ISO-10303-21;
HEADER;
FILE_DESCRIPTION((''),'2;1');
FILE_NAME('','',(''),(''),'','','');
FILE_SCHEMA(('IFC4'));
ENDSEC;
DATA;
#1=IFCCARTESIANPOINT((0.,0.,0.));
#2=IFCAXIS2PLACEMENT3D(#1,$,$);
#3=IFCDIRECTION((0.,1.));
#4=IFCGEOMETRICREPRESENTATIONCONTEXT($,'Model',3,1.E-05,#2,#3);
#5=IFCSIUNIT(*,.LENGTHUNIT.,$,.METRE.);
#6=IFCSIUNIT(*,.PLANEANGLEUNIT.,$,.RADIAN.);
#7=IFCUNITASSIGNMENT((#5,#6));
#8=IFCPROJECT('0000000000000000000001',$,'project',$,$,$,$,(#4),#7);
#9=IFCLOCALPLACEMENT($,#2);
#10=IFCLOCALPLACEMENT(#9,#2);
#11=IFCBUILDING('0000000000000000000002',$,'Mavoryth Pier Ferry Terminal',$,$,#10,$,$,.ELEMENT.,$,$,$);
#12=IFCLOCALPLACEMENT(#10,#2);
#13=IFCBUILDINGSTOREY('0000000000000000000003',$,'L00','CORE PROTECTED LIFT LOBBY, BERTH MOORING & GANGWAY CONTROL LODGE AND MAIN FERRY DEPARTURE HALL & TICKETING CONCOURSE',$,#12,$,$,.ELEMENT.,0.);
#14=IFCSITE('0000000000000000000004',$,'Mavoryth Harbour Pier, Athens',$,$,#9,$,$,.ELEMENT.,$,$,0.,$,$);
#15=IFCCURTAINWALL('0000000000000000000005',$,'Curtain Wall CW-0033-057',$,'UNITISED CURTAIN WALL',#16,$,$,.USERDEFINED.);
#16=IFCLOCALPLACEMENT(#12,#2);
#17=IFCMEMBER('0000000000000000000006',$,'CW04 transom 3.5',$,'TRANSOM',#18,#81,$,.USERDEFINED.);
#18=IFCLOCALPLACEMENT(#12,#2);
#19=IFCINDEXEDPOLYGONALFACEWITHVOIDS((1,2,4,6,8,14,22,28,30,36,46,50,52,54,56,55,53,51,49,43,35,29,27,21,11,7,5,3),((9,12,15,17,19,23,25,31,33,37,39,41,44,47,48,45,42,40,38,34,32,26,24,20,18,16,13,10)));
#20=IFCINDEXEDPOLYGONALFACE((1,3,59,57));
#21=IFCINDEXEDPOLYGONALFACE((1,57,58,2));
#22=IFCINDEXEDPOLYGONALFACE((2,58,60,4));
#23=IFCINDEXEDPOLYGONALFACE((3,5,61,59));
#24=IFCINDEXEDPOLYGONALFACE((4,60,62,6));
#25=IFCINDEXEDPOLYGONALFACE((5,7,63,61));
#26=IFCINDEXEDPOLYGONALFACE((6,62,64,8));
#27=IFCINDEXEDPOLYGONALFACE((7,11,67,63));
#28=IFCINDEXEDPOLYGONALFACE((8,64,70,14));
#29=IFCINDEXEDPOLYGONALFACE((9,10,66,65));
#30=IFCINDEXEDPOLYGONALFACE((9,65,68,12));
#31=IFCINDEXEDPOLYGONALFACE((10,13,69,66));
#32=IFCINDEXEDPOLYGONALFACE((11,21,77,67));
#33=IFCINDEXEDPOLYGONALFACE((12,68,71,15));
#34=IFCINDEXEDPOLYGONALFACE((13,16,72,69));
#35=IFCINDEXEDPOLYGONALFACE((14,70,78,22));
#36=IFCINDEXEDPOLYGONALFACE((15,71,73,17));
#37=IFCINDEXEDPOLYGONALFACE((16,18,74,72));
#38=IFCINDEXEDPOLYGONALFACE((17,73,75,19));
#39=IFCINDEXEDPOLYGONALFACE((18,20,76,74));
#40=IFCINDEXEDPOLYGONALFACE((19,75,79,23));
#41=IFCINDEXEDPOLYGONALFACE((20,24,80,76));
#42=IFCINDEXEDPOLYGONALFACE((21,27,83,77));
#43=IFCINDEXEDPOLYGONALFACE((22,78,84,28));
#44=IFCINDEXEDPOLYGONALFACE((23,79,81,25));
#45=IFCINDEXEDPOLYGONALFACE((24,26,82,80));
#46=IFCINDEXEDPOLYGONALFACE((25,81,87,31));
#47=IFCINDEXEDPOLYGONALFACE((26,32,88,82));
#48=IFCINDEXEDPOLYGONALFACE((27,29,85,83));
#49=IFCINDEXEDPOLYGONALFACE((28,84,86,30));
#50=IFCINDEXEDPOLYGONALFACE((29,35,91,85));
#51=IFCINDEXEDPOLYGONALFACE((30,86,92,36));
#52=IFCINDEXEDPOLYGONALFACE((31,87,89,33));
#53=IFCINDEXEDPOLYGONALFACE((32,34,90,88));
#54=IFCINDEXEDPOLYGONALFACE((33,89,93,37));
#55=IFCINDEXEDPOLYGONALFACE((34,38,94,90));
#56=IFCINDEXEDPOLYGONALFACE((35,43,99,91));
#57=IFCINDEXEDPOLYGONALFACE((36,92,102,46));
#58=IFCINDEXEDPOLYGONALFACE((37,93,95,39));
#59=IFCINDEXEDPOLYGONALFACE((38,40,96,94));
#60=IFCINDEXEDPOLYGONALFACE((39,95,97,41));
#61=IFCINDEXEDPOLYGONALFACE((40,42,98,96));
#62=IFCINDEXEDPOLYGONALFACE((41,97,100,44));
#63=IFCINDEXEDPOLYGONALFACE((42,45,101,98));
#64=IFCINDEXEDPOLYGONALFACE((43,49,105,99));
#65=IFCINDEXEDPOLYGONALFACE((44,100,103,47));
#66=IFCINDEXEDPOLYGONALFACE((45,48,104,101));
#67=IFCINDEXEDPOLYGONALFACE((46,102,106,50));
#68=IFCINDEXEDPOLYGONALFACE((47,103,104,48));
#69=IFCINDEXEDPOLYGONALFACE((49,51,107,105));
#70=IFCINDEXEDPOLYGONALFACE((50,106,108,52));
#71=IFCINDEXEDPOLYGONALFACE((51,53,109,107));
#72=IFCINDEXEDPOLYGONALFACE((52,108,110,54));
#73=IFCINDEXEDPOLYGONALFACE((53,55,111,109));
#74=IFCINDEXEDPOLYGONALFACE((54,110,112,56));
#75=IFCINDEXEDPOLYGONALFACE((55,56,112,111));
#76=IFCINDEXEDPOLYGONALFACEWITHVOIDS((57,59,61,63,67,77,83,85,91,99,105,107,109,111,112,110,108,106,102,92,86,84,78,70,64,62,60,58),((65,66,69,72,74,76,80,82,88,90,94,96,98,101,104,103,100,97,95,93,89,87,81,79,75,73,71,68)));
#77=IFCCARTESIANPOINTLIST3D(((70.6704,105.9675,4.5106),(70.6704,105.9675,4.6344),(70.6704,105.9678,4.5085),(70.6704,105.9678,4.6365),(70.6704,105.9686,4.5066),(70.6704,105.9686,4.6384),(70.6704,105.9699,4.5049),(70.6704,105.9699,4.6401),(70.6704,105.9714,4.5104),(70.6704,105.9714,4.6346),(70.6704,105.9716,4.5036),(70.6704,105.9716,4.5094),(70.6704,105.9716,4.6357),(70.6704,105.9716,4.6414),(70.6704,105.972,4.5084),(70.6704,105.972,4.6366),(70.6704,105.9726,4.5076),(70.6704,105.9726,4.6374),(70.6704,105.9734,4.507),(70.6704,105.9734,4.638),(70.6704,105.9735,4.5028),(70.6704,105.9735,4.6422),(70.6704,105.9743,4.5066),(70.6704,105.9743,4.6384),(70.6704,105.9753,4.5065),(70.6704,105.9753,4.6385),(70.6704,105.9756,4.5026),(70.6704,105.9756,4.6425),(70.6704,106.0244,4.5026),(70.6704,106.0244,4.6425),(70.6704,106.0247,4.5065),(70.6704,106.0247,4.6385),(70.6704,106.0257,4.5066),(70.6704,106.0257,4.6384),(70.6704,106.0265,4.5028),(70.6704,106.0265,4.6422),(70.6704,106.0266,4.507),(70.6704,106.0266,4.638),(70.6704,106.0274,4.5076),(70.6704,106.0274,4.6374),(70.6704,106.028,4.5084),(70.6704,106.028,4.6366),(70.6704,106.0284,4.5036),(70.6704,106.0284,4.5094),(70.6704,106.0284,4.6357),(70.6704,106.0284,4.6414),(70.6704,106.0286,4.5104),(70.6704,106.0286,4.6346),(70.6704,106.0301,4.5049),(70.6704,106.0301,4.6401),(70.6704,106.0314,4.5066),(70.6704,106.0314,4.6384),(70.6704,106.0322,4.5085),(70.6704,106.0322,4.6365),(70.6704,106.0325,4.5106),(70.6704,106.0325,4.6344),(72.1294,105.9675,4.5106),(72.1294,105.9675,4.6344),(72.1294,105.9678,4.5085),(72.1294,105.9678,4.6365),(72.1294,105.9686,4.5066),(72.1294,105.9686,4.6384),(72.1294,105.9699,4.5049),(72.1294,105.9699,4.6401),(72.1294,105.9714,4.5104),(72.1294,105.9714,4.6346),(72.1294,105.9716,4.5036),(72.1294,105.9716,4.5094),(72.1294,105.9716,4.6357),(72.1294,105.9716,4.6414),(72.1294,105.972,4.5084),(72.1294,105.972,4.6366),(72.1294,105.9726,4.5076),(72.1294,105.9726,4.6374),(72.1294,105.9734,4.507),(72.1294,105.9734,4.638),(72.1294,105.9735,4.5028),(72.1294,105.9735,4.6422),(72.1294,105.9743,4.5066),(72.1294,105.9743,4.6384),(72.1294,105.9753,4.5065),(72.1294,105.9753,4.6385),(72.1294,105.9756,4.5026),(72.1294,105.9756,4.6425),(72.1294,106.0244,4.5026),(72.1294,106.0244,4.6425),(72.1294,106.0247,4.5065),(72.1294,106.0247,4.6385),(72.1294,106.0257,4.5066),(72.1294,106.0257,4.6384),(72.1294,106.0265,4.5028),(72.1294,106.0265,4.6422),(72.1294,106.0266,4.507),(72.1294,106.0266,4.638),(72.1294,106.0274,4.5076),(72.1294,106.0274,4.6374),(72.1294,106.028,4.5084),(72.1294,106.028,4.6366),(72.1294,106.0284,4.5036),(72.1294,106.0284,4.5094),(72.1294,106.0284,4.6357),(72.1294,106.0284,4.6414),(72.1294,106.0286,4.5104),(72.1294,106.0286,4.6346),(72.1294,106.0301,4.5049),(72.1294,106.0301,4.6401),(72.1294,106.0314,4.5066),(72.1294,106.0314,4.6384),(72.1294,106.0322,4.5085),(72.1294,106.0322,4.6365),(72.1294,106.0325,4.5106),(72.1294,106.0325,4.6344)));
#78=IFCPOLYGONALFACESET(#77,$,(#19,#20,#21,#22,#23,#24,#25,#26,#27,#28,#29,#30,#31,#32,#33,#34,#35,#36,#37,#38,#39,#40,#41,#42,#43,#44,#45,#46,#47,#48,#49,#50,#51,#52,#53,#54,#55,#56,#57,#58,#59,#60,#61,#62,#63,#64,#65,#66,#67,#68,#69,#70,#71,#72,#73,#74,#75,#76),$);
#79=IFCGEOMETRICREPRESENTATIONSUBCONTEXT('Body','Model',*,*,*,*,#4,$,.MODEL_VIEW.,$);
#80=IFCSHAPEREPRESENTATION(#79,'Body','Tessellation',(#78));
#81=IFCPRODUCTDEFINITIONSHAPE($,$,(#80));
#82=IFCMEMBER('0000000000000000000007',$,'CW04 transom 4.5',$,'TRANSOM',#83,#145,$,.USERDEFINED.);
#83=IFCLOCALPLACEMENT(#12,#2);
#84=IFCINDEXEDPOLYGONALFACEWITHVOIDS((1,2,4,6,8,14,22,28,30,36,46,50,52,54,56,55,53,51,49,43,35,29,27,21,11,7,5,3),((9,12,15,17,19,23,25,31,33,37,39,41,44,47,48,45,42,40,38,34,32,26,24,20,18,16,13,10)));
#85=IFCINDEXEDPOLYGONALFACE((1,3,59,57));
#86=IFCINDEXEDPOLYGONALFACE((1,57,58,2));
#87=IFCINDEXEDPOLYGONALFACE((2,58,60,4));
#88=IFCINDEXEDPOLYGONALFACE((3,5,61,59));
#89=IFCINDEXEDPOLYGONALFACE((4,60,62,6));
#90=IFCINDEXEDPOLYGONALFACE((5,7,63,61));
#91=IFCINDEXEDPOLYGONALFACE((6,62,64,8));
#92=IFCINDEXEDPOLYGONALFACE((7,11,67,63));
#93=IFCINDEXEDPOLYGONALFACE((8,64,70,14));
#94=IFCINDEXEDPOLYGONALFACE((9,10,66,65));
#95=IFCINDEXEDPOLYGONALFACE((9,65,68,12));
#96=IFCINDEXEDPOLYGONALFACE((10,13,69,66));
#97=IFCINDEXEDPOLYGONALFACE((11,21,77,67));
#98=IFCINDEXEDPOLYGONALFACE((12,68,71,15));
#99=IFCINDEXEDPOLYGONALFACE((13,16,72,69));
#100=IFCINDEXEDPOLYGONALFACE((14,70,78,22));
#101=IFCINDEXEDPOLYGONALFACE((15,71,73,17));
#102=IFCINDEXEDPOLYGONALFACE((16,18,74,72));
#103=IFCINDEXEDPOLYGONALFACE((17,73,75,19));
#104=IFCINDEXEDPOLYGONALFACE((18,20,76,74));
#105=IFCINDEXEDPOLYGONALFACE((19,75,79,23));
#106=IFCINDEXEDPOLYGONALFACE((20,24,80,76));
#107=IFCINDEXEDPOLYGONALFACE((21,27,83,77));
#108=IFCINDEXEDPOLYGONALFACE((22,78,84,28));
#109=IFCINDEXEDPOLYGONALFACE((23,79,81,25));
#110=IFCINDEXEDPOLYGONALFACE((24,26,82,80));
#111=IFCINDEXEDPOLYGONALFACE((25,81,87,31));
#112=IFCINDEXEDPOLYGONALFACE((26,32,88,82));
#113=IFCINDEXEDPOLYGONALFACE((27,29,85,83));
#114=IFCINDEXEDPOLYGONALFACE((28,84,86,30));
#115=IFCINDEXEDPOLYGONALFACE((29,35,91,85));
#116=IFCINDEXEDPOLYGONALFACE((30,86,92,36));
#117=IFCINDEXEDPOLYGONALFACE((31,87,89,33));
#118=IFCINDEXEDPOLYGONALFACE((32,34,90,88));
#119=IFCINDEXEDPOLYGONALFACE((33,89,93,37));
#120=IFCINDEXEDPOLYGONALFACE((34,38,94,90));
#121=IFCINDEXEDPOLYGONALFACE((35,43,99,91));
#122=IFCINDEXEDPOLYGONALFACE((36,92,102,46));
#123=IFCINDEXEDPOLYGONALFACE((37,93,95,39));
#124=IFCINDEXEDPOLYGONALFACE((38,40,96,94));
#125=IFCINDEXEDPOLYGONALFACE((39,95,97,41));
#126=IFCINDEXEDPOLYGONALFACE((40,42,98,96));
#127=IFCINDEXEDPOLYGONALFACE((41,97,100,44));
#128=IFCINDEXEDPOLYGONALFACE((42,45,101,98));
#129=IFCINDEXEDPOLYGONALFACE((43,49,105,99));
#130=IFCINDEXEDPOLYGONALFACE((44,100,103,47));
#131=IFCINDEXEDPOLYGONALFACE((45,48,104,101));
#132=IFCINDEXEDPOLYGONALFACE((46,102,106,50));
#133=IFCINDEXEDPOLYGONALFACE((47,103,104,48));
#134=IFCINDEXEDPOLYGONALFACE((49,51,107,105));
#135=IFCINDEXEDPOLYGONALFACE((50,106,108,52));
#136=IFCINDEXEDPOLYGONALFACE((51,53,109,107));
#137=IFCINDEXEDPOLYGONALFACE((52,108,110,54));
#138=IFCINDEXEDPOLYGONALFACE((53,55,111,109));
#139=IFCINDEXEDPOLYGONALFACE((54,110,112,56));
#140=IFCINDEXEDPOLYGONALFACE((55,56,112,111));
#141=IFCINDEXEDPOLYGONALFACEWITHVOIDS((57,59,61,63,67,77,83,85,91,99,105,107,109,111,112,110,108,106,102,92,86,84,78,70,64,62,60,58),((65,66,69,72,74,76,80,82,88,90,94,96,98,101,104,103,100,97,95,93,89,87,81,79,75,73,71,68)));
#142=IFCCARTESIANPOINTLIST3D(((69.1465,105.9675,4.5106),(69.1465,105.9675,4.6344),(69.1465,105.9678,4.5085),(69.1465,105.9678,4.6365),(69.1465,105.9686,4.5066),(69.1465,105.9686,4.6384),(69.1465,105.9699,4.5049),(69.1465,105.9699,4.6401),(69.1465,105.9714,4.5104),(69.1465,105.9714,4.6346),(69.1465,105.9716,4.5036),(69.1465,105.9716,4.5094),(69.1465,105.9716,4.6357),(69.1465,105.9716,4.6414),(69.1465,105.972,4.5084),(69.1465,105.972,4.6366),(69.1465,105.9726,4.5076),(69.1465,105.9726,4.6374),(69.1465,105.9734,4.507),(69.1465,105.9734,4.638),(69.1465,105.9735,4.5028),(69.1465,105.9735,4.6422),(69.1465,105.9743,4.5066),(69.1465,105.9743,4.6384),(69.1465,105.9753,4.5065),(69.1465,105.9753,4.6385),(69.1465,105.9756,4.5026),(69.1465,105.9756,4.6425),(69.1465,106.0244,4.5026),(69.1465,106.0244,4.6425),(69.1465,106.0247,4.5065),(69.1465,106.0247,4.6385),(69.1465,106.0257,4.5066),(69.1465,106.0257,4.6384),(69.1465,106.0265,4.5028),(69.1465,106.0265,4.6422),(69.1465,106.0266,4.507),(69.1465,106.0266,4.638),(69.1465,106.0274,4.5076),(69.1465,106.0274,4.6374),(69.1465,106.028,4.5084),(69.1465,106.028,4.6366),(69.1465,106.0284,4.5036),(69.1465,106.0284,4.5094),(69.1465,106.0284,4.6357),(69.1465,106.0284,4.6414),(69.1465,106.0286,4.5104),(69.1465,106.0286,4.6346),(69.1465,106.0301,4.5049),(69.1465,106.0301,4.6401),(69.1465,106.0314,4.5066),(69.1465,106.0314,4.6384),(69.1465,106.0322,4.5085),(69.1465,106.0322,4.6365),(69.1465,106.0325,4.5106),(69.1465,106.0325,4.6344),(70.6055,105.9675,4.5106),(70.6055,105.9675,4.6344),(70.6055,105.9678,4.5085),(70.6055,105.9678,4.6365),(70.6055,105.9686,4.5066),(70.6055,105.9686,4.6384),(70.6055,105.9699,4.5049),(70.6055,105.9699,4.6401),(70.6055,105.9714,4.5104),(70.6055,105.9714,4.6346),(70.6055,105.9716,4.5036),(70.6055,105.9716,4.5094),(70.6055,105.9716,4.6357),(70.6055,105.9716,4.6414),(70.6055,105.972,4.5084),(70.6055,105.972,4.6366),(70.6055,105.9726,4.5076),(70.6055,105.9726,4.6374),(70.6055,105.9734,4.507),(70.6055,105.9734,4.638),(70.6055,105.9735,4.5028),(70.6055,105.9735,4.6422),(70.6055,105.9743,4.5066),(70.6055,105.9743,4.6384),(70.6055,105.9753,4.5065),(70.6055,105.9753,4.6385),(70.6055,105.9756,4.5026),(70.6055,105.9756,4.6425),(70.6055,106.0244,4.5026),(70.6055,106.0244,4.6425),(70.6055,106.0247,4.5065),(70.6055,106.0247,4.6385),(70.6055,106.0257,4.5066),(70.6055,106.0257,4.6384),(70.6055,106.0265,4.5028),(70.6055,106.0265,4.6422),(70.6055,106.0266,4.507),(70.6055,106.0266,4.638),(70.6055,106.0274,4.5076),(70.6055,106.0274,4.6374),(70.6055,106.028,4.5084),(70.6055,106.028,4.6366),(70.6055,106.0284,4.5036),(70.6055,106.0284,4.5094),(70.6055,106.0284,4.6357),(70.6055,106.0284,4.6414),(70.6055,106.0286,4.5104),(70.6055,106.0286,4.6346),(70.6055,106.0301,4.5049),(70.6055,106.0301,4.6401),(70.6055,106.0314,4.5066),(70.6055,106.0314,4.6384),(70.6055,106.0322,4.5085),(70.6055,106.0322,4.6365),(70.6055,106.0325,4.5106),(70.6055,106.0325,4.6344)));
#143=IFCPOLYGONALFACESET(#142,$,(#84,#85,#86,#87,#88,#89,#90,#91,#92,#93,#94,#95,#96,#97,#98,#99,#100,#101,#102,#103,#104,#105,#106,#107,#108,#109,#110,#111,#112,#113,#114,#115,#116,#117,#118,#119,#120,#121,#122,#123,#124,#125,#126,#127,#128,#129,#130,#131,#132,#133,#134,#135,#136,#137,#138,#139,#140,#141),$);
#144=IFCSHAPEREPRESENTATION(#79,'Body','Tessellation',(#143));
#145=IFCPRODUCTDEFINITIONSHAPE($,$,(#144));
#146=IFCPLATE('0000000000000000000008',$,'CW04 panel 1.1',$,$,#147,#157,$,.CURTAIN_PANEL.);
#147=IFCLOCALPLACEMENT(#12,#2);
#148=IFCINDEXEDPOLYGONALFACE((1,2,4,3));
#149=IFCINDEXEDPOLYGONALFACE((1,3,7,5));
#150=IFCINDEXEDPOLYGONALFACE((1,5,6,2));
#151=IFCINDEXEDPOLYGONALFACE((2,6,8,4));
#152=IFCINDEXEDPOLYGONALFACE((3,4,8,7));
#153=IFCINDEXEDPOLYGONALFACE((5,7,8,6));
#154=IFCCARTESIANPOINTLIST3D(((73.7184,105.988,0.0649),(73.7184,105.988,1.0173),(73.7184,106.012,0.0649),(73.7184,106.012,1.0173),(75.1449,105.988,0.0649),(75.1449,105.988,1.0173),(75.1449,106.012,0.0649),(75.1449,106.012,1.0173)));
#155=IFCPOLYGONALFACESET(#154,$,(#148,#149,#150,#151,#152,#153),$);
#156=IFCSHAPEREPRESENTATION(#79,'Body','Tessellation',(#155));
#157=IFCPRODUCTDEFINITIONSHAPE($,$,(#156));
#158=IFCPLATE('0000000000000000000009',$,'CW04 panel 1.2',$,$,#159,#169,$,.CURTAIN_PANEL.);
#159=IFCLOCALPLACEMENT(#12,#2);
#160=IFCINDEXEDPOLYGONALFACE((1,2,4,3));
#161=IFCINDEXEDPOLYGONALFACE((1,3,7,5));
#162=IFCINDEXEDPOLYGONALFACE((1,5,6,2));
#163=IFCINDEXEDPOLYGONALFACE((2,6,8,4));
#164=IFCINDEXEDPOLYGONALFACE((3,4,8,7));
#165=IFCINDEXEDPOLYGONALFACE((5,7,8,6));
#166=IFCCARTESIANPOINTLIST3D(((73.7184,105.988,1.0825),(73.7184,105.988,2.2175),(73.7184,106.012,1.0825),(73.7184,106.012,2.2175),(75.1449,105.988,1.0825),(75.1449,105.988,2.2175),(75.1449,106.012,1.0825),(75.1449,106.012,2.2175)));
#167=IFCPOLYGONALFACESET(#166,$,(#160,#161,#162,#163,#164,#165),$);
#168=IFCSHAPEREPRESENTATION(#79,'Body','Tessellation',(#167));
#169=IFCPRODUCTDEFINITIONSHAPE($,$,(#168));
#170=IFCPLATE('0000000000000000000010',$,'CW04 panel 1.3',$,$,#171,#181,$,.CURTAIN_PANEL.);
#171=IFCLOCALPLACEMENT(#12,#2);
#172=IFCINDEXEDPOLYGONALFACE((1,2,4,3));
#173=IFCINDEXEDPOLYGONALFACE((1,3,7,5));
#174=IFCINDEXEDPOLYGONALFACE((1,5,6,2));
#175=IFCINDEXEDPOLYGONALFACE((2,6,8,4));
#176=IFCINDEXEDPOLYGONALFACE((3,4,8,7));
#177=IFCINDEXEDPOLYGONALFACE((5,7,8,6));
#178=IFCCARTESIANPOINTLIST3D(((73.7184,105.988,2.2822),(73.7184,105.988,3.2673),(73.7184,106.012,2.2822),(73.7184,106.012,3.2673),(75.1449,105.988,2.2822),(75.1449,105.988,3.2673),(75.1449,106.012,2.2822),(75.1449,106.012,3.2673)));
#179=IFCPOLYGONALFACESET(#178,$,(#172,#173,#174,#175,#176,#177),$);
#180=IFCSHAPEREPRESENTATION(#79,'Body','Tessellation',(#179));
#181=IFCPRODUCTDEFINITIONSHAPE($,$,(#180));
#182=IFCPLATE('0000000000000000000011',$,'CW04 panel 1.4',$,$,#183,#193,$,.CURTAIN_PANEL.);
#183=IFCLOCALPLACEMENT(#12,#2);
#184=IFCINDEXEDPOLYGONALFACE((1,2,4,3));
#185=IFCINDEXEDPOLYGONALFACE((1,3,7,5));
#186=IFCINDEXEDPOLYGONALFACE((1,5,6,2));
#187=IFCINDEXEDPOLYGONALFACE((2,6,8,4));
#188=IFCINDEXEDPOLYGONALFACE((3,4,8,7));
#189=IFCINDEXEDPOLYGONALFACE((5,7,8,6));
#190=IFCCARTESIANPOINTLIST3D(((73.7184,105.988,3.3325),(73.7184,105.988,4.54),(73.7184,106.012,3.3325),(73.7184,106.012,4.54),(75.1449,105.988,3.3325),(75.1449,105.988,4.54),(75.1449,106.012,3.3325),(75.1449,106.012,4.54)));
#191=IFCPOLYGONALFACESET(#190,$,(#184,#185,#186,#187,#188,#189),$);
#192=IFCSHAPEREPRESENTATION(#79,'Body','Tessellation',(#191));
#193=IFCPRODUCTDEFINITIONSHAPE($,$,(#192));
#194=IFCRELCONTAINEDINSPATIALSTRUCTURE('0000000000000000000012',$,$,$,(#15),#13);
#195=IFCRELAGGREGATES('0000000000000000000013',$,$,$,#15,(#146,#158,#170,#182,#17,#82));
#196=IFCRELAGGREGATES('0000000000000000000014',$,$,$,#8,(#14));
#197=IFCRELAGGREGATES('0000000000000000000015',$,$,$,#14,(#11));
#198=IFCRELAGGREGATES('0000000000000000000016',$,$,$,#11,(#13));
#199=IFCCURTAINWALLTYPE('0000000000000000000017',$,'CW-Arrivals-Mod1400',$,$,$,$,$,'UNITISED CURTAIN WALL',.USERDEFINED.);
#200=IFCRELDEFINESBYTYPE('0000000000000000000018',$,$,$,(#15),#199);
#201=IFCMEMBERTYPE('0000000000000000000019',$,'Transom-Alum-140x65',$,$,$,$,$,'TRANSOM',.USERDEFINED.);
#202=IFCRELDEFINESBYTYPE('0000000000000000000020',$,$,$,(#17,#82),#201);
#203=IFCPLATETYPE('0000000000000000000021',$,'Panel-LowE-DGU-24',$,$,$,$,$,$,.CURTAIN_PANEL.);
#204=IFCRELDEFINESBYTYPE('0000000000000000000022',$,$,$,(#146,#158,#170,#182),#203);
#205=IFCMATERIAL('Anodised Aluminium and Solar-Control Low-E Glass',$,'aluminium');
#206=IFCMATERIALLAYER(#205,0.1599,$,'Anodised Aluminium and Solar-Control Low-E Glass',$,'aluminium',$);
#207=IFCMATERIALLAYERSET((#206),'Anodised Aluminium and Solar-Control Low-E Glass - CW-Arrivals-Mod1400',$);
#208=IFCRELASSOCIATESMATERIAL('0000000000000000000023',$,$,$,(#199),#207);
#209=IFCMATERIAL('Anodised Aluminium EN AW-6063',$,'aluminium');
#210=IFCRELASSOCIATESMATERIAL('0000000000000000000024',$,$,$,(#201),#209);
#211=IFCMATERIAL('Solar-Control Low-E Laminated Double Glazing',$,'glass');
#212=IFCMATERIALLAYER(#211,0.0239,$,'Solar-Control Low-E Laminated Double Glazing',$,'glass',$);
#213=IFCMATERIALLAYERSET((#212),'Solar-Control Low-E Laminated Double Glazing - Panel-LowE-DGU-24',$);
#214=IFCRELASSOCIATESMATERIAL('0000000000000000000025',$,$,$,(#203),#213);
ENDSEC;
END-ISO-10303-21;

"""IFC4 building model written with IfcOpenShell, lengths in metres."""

from ifc_helpers import new_model, si_unit, direction, frame, origin, origin_2d, place, context, subcontext, project, spatial, rectangle, hollow_rectangle, extrude, material, layer, layer_set, material_profile, profile_set, type_object, element, aggregate, save


model = new_model("IFC4")

# Units and contexts
model_context = context("Model", 3, precision=1e-05, world=origin(), true_north=direction((0.0, 1.0)))
body_context = subcontext(model_context, "Body", "Model", "MODEL_VIEW")
ifc_project = project(units=[si_unit("LENGTHUNIT", "METRE"), si_unit("PLANEANGLEUNIT", "RADIAN")], contexts=[model_context])

# Site, building, storey
site_placement = place(None, origin())
site = spatial("IfcSite", under=ifc_project, at=site_placement, Name="Mavoryth Harbour Pier, Athens", CompositionType="ELEMENT", RefElevation=0.0)
building_placement = place(site_placement, origin())
building = spatial("IfcBuilding", under=site, at=building_placement, Name="Mavoryth Pier Ferry Terminal", CompositionType="ELEMENT")
storey_placement = place(building_placement, origin())
storey = spatial("IfcBuildingStorey", under=building, at=storey_placement, Name="L00", Description="CORE PROTECTED LIFT LOBBY, BERTH MOORING & GANGWAY CONTROL LODGE AND MAIN FERRY DEPARTURE HALL & TICKETING CONCOURSE", CompositionType="ELEMENT", Elevation=0.0)

# Curtain wall, members, plates
ifc_material_1 = material(Name="Anodised Aluminium and Solar-Control Low-E Glass", Category="aluminium")
ifc_layer_1 = layer(ifc_material_1, 0.1599, Name="Anodised Aluminium and Solar-Control Low-E Glass", Category="aluminium")
ifc_layer_set_1 = layer_set([ifc_layer_1], Name="Anodised Aluminium and Solar-Control Low-E Glass - CW-Arrivals-Mod1400")
curtain_wall_type = type_object("IfcCurtainWallType", Name="CW-Arrivals-Mod1400", ElementType="UNITISED CURTAIN WALL", PredefinedType="USERDEFINED", material=ifc_layer_set_1)
curtain_wall_placement = place(storey_placement, origin())
curtain_wall = element("IfcCurtainWall", 1, at=curtain_wall_placement, inside=storey, type_object=curtain_wall_type, Name="Curtain Wall CW-0033-057", ObjectType="UNITISED CURTAIN WALL", PredefinedType="USERDEFINED")
ifc_material_2 = material(Name="Anodised Aluminium EN AW-6063", Category="aluminium")
ifc_material_profile_1 = material_profile(ifc_material_2, hollow_rectangle(XDim=0.0649, YDim=0.1399, WallThickness=0.0039, InnerFilletRadius=0.0039, OuterFilletRadius=0.0081, at=origin_2d()), Name="AL-TRAN 140x65x4", Category="aluminium")
ifc_profile_set_1 = profile_set([ifc_material_profile_1], Name="Anodised Aluminium EN AW-6063 - AL-TRAN 140x65x4")
member_type_1 = type_object("IfcMemberType", Name="Transom-Alum-140x65", ElementType="TRANSOM", PredefinedType="USERDEFINED", material=ifc_profile_set_1)
member_1_placement = place(storey_placement, frame((72.1294, 106.0, 4.5725), z_axis=(-1.0, 0.0, 0.0), x_axis=(0.0, -1.0, 0.0)))
member_1 = element("IfcMember", 2, at=member_1_placement, type_object=member_type_1, Name="CW04 transom 3.5", ObjectType="TRANSOM", PredefinedType="USERDEFINED", context=body_context, shape_type="SweptSolid", body=[
    extrude(hollow_rectangle(XDim=0.0649, YDim=0.1399, WallThickness=0.0039, InnerFilletRadius=0.0039, OuterFilletRadius=0.0081, at=origin_2d()), origin(), (0.0, 0.0, 1.0), 1.459),
])
member_2_placement = place(storey_placement, frame((70.6055, 106.0, 4.5725), z_axis=(-1.0, 0.0, 0.0), x_axis=(0.0, -1.0, 0.0)))
member_2 = element("IfcMember", 3, at=member_2_placement, type_object=member_type_1, Name="CW04 transom 4.5", ObjectType="TRANSOM", PredefinedType="USERDEFINED", context=body_context, shape_type="SweptSolid", body=[
    extrude(hollow_rectangle(XDim=0.0649, YDim=0.1399, WallThickness=0.0039, InnerFilletRadius=0.0039, OuterFilletRadius=0.0081, at=origin_2d()), origin(), (0.0, 0.0, 1.0), 1.459),
])
ifc_material_3 = material(Name="Solar-Control Low-E Laminated Double Glazing", Category="glass")
ifc_layer_2 = layer(ifc_material_3, 0.0239, Name="Solar-Control Low-E Laminated Double Glazing", Category="glass")
ifc_layer_set_2 = layer_set([ifc_layer_2], Name="Solar-Control Low-E Laminated Double Glazing - Panel-LowE-DGU-24")
plate_type = type_object("IfcPlateType", Name="Panel-LowE-DGU-24", PredefinedType="CURTAIN_PANEL", material=ifc_layer_set_2)
plate_1_placement = place(storey_placement, frame((74.4316, 106.0, 0.0649), z_axis=(0.0, 0.0, 1.0), x_axis=(-1.0, 0.0, 0.0)))
plate_1 = element("IfcPlate", 4, at=plate_1_placement, type_object=plate_type, Name="CW04 panel 1.1", PredefinedType="CURTAIN_PANEL", context=body_context, shape_type="SweptSolid", body=[
    extrude(rectangle(XDim=1.4265, YDim=0.0239, at=origin_2d()), origin(), (0.0, 0.0, 1.0), 0.9524),
])
plate_2_placement = place(storey_placement, frame((74.4316, 106.0, 1.0825), z_axis=(0.0, 0.0, 1.0), x_axis=(-1.0, 0.0, 0.0)))
plate_2 = element("IfcPlate", 5, at=plate_2_placement, type_object=plate_type, Name="CW04 panel 1.2", PredefinedType="CURTAIN_PANEL", context=body_context, shape_type="SweptSolid", body=[
    extrude(rectangle(XDim=1.4265, YDim=0.0239, at=origin_2d()), origin(), (0.0, 0.0, 1.0), 1.135),
])
plate_3_placement = place(storey_placement, frame((74.4316, 106.0, 2.2822), z_axis=(0.0, 0.0, 1.0), x_axis=(-1.0, 0.0, 0.0)))
plate_3 = element("IfcPlate", 6, at=plate_3_placement, type_object=plate_type, Name="CW04 panel 1.3", PredefinedType="CURTAIN_PANEL", context=body_context, shape_type="SweptSolid", body=[
    extrude(rectangle(XDim=1.4265, YDim=0.0239, at=origin_2d()), origin(), (0.0, 0.0, 1.0), 0.9851),
])
plate_4_placement = place(storey_placement, frame((74.4316, 106.0, 3.3325), z_axis=(0.0, 0.0, 1.0), x_axis=(-1.0, 0.0, 0.0)))
plate_4 = element("IfcPlate", 7, at=plate_4_placement, type_object=plate_type, Name="CW04 panel 1.4", PredefinedType="CURTAIN_PANEL", context=body_context, shape_type="SweptSolid", body=[
    extrude(rectangle(XDim=1.4265, YDim=0.0239, at=origin_2d()), origin(), (0.0, 0.0, 1.0), 1.2075),
])
aggregate(curtain_wall, [plate_1, plate_2, plate_3, plate_4, member_1, member_2])

save(model, "model.ifc")
